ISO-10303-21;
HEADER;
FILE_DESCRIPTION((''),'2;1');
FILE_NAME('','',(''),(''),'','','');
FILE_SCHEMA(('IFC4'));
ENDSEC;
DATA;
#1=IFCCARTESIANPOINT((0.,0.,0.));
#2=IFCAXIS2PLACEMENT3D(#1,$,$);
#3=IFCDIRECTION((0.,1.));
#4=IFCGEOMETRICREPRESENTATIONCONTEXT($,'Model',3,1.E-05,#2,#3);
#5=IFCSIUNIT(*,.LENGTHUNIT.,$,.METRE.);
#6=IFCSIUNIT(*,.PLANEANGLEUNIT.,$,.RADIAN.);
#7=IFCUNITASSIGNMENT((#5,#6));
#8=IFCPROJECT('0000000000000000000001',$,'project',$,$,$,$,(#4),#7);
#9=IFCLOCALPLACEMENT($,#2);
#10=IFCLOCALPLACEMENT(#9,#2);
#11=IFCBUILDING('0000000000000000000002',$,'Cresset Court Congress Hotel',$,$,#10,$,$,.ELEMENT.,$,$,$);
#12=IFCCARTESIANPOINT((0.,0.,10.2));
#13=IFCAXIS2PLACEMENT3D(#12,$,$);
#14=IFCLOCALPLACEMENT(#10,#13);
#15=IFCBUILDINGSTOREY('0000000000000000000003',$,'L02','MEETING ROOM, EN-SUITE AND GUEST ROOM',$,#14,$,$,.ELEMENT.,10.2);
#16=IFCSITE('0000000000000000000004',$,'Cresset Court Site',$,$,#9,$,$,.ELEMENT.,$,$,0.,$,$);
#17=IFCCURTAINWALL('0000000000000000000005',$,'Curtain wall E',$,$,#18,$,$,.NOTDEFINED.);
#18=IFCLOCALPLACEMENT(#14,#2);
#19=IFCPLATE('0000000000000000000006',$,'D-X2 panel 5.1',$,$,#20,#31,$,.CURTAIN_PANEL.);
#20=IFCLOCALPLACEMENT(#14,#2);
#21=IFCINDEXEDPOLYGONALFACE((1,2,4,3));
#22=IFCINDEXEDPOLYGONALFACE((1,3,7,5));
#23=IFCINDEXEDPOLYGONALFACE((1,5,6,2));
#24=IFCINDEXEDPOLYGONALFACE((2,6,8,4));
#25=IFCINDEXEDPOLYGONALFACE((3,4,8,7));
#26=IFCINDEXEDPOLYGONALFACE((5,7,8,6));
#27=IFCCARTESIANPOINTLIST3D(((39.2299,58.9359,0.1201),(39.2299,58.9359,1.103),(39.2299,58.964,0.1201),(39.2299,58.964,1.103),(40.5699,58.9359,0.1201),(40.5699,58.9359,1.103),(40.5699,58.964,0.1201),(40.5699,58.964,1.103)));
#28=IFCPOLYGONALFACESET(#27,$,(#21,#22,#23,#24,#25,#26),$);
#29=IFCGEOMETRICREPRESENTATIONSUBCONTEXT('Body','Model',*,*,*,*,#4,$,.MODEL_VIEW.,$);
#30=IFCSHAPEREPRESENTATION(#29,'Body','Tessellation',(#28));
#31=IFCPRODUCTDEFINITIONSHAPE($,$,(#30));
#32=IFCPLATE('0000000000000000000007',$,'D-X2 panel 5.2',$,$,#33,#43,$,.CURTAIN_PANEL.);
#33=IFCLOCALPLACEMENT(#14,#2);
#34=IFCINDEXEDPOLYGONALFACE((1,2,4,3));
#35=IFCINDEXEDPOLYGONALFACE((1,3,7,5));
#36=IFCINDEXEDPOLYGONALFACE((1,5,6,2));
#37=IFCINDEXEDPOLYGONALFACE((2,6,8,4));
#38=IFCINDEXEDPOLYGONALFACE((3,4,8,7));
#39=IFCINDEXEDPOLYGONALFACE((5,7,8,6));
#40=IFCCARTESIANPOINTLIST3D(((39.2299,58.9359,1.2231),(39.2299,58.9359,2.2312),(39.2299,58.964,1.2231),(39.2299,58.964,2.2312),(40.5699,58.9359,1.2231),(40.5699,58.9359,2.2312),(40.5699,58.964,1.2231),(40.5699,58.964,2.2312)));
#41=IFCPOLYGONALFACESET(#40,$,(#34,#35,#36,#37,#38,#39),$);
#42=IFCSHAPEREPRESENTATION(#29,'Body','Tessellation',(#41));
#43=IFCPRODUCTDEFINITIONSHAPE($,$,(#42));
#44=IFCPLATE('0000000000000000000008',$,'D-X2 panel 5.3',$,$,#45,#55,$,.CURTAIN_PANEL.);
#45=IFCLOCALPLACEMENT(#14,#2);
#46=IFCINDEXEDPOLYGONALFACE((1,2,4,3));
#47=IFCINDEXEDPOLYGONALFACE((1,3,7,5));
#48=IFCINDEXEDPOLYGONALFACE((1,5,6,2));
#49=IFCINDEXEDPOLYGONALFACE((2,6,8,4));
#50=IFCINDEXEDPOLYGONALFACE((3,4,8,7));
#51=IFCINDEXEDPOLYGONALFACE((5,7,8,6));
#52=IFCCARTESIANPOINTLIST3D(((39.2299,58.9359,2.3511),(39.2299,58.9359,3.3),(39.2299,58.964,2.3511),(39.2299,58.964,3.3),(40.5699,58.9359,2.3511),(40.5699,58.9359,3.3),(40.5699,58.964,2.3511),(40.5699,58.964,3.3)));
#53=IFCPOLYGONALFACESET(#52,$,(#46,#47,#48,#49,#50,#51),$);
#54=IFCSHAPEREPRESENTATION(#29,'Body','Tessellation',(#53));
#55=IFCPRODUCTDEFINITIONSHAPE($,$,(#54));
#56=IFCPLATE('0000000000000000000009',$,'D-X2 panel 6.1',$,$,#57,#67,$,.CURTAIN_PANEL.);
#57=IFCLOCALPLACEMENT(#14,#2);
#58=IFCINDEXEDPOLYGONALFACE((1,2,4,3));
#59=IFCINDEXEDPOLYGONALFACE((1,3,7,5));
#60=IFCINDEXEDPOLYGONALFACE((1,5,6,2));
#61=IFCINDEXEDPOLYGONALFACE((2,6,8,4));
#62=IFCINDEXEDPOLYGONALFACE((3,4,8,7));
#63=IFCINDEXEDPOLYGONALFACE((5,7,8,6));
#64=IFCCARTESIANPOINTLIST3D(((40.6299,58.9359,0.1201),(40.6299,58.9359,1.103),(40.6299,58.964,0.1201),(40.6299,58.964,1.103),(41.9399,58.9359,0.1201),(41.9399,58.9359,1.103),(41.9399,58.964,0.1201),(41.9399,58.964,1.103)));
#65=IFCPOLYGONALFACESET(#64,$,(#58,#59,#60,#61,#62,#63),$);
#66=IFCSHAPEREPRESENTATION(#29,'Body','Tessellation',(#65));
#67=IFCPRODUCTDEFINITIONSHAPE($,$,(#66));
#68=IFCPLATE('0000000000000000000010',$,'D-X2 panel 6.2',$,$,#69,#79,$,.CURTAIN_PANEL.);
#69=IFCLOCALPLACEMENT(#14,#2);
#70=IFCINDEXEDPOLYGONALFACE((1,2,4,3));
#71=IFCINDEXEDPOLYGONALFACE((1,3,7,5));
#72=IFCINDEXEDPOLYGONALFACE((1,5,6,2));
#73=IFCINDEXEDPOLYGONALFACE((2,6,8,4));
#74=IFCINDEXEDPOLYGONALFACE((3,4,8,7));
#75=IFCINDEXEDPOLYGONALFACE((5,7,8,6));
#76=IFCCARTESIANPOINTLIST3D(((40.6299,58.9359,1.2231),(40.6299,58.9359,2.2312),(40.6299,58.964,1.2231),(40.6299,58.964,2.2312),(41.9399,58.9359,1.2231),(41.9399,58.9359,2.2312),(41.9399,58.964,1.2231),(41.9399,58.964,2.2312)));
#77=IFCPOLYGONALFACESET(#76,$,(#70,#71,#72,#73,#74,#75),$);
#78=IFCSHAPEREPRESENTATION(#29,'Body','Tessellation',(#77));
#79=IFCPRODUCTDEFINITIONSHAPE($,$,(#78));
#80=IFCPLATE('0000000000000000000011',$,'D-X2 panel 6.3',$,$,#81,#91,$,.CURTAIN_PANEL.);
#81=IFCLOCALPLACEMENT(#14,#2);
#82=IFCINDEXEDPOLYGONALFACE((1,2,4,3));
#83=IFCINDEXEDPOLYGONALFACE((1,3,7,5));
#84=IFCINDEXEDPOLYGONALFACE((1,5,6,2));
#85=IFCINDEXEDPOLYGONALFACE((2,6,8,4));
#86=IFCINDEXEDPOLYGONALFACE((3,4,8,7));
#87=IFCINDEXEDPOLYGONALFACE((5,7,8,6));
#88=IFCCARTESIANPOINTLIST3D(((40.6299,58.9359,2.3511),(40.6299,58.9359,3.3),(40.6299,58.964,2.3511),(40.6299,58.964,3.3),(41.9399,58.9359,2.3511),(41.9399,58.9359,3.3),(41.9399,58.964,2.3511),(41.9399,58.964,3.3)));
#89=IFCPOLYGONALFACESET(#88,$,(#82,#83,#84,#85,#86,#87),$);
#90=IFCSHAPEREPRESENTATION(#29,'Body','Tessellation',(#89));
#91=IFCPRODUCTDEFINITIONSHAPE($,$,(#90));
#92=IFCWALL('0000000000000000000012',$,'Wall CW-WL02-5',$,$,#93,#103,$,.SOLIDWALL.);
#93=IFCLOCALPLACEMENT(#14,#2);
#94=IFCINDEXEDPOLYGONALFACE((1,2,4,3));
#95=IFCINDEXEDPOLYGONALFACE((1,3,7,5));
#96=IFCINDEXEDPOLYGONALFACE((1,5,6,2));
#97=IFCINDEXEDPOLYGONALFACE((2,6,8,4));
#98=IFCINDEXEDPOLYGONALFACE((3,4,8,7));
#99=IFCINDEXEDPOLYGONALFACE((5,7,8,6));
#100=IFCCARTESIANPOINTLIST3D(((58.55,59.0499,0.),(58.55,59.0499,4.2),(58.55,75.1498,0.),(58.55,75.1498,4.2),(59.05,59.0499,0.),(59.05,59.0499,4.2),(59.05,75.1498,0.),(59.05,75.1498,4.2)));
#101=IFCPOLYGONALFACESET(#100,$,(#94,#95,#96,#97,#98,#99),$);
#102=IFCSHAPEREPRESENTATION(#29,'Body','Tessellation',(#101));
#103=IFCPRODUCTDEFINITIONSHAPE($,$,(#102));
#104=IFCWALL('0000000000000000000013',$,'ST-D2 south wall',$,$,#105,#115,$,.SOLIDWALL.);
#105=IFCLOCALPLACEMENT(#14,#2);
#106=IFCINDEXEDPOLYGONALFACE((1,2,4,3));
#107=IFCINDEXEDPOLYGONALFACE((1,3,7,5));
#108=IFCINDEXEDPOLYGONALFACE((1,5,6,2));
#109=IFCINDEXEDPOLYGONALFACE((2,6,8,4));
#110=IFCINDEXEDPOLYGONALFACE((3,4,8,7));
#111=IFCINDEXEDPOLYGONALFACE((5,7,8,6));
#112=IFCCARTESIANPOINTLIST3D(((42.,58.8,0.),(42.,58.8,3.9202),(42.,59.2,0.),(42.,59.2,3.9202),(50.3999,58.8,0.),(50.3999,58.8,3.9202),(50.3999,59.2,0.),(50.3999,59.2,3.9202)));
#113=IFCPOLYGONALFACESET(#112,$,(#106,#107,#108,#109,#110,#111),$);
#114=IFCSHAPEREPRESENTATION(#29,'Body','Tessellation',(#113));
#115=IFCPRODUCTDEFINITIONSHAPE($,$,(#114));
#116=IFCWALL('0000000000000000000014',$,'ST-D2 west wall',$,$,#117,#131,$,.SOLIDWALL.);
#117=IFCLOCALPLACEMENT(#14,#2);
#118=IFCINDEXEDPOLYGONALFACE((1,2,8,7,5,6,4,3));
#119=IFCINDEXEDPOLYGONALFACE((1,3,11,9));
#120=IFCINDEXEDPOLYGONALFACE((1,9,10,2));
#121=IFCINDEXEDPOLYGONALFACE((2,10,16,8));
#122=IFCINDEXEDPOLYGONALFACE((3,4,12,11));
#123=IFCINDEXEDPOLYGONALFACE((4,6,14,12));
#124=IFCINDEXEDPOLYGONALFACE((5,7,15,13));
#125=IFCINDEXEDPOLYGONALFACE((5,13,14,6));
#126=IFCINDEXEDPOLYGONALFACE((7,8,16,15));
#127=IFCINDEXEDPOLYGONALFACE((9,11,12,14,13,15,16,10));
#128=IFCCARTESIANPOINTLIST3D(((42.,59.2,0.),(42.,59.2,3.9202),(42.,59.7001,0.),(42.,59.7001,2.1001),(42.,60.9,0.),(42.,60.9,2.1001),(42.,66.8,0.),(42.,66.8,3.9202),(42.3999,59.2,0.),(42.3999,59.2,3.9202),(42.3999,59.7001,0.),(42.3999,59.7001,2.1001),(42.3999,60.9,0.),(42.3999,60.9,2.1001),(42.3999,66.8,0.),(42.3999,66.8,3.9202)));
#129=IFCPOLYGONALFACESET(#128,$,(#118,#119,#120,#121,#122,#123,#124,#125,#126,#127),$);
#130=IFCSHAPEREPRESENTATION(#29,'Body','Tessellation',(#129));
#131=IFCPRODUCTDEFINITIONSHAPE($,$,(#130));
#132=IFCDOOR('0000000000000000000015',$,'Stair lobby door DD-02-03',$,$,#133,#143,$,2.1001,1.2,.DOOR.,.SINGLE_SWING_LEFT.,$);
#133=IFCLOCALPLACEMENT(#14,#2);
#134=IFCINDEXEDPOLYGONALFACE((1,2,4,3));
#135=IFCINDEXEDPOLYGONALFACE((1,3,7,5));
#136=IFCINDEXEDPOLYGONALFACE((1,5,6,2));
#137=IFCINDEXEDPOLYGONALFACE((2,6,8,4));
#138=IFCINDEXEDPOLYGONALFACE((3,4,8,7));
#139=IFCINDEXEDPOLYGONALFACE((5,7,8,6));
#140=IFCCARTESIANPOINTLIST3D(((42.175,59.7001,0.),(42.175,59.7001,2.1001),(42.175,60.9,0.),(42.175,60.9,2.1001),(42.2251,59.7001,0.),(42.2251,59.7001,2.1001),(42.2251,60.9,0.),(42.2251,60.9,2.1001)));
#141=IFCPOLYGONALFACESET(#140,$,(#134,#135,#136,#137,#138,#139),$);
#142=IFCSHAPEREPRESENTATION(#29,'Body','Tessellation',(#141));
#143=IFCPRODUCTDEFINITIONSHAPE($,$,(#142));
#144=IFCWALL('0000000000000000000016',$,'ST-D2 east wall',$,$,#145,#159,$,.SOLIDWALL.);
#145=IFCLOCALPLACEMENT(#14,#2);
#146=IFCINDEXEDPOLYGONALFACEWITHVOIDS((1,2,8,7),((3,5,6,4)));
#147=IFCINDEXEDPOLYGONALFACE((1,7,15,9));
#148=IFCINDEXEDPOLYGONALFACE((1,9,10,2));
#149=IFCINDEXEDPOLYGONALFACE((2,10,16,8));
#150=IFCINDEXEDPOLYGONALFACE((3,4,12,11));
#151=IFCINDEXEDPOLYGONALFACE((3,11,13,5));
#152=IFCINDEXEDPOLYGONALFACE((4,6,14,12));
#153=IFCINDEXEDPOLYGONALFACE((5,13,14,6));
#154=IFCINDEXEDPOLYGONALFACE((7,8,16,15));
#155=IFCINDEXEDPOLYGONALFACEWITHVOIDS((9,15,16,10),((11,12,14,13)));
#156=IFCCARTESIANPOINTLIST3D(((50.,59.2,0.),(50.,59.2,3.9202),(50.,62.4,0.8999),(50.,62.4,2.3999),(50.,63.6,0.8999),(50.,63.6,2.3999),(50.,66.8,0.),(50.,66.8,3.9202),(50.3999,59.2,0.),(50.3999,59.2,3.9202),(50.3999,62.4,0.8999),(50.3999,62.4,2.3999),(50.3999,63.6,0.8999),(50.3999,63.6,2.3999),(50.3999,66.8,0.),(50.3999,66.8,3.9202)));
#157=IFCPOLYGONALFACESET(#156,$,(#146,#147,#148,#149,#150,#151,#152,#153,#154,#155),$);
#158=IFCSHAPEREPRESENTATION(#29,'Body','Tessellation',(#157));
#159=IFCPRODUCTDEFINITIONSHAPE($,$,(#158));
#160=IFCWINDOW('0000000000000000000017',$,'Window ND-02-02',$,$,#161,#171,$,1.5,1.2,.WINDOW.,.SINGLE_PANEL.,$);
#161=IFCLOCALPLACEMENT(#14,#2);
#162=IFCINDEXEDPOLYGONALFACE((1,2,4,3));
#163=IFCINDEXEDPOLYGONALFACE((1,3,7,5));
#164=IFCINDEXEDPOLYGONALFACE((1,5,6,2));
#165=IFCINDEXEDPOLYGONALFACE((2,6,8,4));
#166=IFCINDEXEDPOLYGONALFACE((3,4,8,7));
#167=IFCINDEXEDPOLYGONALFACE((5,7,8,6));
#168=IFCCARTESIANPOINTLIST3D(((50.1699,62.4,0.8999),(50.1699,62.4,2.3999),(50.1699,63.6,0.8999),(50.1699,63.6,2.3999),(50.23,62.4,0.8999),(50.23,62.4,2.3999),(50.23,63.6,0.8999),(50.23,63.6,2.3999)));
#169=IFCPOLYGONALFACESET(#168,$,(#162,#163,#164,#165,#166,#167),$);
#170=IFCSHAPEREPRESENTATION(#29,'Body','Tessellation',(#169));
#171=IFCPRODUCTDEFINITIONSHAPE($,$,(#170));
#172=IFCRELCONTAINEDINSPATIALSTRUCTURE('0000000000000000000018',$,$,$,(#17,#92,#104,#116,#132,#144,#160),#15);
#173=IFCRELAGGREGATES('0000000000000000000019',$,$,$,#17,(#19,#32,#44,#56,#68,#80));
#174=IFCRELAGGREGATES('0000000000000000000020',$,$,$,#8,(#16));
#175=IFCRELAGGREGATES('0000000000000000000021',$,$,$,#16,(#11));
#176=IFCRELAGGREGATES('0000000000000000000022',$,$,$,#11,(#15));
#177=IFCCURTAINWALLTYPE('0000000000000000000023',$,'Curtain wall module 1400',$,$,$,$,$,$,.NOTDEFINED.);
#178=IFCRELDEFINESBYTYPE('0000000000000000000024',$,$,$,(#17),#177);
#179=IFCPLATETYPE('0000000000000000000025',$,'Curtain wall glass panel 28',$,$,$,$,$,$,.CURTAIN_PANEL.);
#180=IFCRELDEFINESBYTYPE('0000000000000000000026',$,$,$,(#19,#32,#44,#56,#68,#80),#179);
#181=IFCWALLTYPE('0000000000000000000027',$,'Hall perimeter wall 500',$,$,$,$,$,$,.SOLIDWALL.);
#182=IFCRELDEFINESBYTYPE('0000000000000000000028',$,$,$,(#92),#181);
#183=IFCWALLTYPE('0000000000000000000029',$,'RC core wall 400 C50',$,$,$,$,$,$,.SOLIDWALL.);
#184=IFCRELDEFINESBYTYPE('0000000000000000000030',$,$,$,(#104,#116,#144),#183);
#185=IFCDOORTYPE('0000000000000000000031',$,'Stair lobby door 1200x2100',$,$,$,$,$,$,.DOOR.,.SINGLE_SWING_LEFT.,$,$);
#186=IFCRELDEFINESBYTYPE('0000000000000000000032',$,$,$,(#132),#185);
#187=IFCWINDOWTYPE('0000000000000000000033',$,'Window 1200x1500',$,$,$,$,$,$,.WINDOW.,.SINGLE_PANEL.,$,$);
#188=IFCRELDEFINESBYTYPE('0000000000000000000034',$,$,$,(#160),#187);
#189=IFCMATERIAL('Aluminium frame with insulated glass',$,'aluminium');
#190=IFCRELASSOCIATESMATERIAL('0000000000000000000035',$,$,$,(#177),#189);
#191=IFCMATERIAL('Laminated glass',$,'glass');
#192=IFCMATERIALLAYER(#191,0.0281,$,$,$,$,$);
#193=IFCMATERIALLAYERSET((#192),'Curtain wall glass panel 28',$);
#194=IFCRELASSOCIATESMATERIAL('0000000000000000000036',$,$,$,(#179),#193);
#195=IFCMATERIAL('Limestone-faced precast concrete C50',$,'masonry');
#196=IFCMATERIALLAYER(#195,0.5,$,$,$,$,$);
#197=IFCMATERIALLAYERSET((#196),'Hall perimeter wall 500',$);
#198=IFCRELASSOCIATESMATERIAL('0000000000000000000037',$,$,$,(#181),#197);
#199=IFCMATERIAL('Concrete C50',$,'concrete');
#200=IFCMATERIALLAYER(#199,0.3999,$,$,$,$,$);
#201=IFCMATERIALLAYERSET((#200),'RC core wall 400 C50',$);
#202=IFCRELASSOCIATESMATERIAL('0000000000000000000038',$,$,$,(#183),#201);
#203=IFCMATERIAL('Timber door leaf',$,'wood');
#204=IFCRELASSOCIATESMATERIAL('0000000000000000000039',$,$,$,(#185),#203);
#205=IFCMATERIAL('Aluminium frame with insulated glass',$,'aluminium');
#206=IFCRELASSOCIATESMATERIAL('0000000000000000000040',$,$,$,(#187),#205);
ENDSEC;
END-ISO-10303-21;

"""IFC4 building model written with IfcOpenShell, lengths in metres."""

from ifc_helpers import new_model, si_unit, direction, frame, frame_2d, origin, origin_2d, place, context, subcontext, project, spatial, rectangle, extrude, material, layer, layer_set, type_object, element, fill, aggregate, save


model = new_model("IFC4")

# Units and contexts
model_context = context("Model", 3, precision=1e-05, world=origin(), true_north=direction((0.0, 1.0)))
body_context = subcontext(model_context, "Body", "Model", "MODEL_VIEW")
ifc_project = project(units=[si_unit("LENGTHUNIT", "METRE"), si_unit("PLANEANGLEUNIT", "RADIAN")], contexts=[model_context])

# Site, building, storey
site_placement = place(None, origin())
site = spatial("IfcSite", under=ifc_project, at=site_placement, Name="Cresset Court Site", CompositionType="ELEMENT", RefElevation=0.0)
building_placement = place(site_placement, origin())
building = spatial("IfcBuilding", under=site, at=building_placement, Name="Cresset Court Congress Hotel", CompositionType="ELEMENT")
storey_placement = place(building_placement, frame((0.0, 0.0, 10.2)))
storey = spatial("IfcBuildingStorey", under=building, at=storey_placement, Name="L02", Description="MEETING ROOM, EN-SUITE AND GUEST ROOM", CompositionType="ELEMENT", Elevation=10.2)

# Curtain wall, plates
ifc_material_1 = material(Name="Aluminium frame with insulated glass", Category="aluminium")
curtain_wall_type = type_object("IfcCurtainWallType", Name="Curtain wall module 1400", PredefinedType="NOTDEFINED", material=ifc_material_1)
curtain_wall_placement = place(storey_placement, origin())
curtain_wall = element("IfcCurtainWall", 1, at=curtain_wall_placement, inside=storey, type_object=curtain_wall_type, Name="Curtain wall E", PredefinedType="NOTDEFINED")
ifc_material_2 = material(Name="Laminated glass", Category="glass")
ifc_layer_1 = layer(ifc_material_2, 0.0281)
ifc_layer_set_1 = layer_set([ifc_layer_1], Name="Curtain wall glass panel 28")
plate_type = type_object("IfcPlateType", Name="Curtain wall glass panel 28", PredefinedType="CURTAIN_PANEL", material=ifc_layer_set_1)
plate_1_placement = place(storey_placement, frame((39.8999, 58.95, 0.1201), z_axis=(0.0, 0.0, 1.0), x_axis=(1.0, 0.0, 0.0)))
plate_1 = element("IfcPlate", 2, at=plate_1_placement, type_object=plate_type, Name="D-X2 panel 5.1", PredefinedType="CURTAIN_PANEL", context=body_context, shape_type="SweptSolid", body=[
    extrude(rectangle(XDim=1.3401, YDim=0.0281, at=origin_2d()), origin(), (0.0, 0.0, 1.0), 0.9829),
])
plate_2_placement = place(storey_placement, frame((39.8999, 58.95, 1.2231), z_axis=(0.0, 0.0, 1.0), x_axis=(1.0, 0.0, 0.0)))
plate_2 = element("IfcPlate", 3, at=plate_2_placement, type_object=plate_type, Name="D-X2 panel 5.2", PredefinedType="CURTAIN_PANEL", context=body_context, shape_type="SweptSolid", body=[
    extrude(rectangle(XDim=1.3401, YDim=0.0281, at=origin_2d()), origin(), (0.0, 0.0, 1.0), 1.0081),
])
plate_3_placement = place(storey_placement, frame((39.8999, 58.95, 2.3511), z_axis=(0.0, 0.0, 1.0), x_axis=(1.0, 0.0, 0.0)))
plate_3 = element("IfcPlate", 4, at=plate_3_placement, type_object=plate_type, Name="D-X2 panel 5.3", PredefinedType="CURTAIN_PANEL", context=body_context, shape_type="SweptSolid", body=[
    extrude(rectangle(XDim=1.3401, YDim=0.0281, at=origin_2d()), origin(), (0.0, 0.0, 1.0), 0.949),
])
plate_4_placement = place(storey_placement, frame((41.2849, 58.95, 0.1201), z_axis=(0.0, 0.0, 1.0), x_axis=(1.0, 0.0, 0.0)))
plate_4 = element("IfcPlate", 5, at=plate_4_placement, type_object=plate_type, Name="D-X2 panel 6.1", PredefinedType="CURTAIN_PANEL", context=body_context, shape_type="SweptSolid", body=[
    extrude(rectangle(XDim=1.3101, YDim=0.0281, at=origin_2d()), origin(), (0.0, 0.0, 1.0), 0.9829),
])
plate_5_placement = place(storey_placement, frame((41.2849, 58.95, 1.2231), z_axis=(0.0, 0.0, 1.0), x_axis=(1.0, 0.0, 0.0)))
plate_5 = element("IfcPlate", 6, at=plate_5_placement, type_object=plate_type, Name="D-X2 panel 6.2", PredefinedType="CURTAIN_PANEL", context=body_context, shape_type="SweptSolid", body=[
    extrude(rectangle(XDim=1.3101, YDim=0.0281, at=origin_2d()), origin(), (0.0, 0.0, 1.0), 1.0081),
])
plate_6_placement = place(storey_placement, frame((41.2849, 58.95, 2.3511), z_axis=(0.0, 0.0, 1.0), x_axis=(1.0, 0.0, 0.0)))
plate_6 = element("IfcPlate", 7, at=plate_6_placement, type_object=plate_type, Name="D-X2 panel 6.3", PredefinedType="CURTAIN_PANEL", context=body_context, shape_type="SweptSolid", body=[
    extrude(rectangle(XDim=1.3101, YDim=0.0281, at=origin_2d()), origin(), (0.0, 0.0, 1.0), 0.949),
])
aggregate(curtain_wall, [plate_1, plate_2, plate_3, plate_4, plate_5, plate_6])

# Walls
ifc_material_3 = material(Name="Limestone-faced precast concrete C50", Category="masonry")
ifc_layer_2 = layer(ifc_material_3, 0.5)
ifc_layer_set_2 = layer_set([ifc_layer_2], Name="Hall perimeter wall 500")
wall_type_1 = type_object("IfcWallType", Name="Hall perimeter wall 500", PredefinedType="SOLIDWALL", material=ifc_layer_set_2)
wall_1_placement = place(storey_placement, frame((58.8, 59.05, 0.0), z_axis=(0.0, 0.0, 1.0), x_axis=(0.0, 1.0, 0.0)))
element("IfcWall", 8, at=wall_1_placement, inside=storey, type_object=wall_type_1, Name="Wall CW-WL02-5", PredefinedType="SOLIDWALL", context=body_context, shape_type="SweptSolid", body=[
    extrude(rectangle(XDim=16.0999, YDim=0.5, at=frame_2d((8.0498, 0.0))), origin(), (0.0, 0.0, 1.0), 4.2),
])
ifc_material_4 = material(Name="Concrete C50", Category="concrete")
ifc_layer_3 = layer(ifc_material_4, 0.3999)
ifc_layer_set_3 = layer_set([ifc_layer_3], Name="RC core wall 400 C50")
wall_type_2 = type_object("IfcWallType", Name="RC core wall 400 C50", PredefinedType="SOLIDWALL", material=ifc_layer_set_3)
wall_2_placement = place(storey_placement, frame((42.0, 59.0, 0.0), z_axis=(0.0, 0.0, 1.0), x_axis=(1.0, 0.0, 0.0)))
element("IfcWall", 9, at=wall_2_placement, inside=storey, type_object=wall_type_2, Name="ST-D2 south wall", PredefinedType="SOLIDWALL", context=body_context, shape_type="SweptSolid", body=[
    extrude(rectangle(XDim=8.3999, YDim=0.3999, at=frame_2d((4.2, 0.0))), origin(), (0.0, 0.0, 1.0), 3.9202),
])

# Wall, opening, door
wall_3_placement = place(storey_placement, frame((42.2, 59.2, 0.0), z_axis=(0.0, 0.0, 1.0), x_axis=(0.0, 1.0, 0.0)))
wall_3 = element("IfcWall", 10, at=wall_3_placement, inside=storey, type_object=wall_type_2, Name="ST-D2 west wall", PredefinedType="SOLIDWALL", context=body_context, shape_type="SweptSolid", body=[
    extrude(rectangle(XDim=7.6001, YDim=0.3999, at=frame_2d((3.8, 0.0))), origin(), (0.0, 0.0, 1.0), 3.9202),
])
opening_1_placement = place(wall_3_placement, frame((0.5, 0.0, 0.0)))
opening_1 = element("IfcOpeningElement", 11, at=opening_1_placement, cuts=wall_3, PredefinedType="OPENING", context=body_context, shape_type="SweptSolid", body=[
    extrude(rectangle(XDim=1.2, YDim=2.1001, at=frame_2d((0.6001, 1.05))), frame((0.0, 0.21, 0.0), z_axis=(0.0, -1.0, 0.0), x_axis=(1.0, 0.0, 0.0)), (0.0, 0.0, 1.0), 0.4199),
])
ifc_material_5 = material(Name="Timber door leaf", Category="wood")
door_type_1 = type_object("IfcDoorType", Name="Stair lobby door 1200x2100", OperationType="SINGLE_SWING_LEFT", PredefinedType="DOOR", material=ifc_material_5)
door_1_placement = place(opening_1_placement, origin())
door_1 = element("IfcDoor", 12, at=door_1_placement, inside=storey, type_object=door_type_1, Name="Stair lobby door DD-02-03", OperationType="SINGLE_SWING_LEFT", OverallHeight=2.1001, OverallWidth=1.2, PredefinedType="DOOR", context=body_context, shape_type="SweptSolid", body=[
    extrude(rectangle(XDim=1.2, YDim=2.1001, at=frame_2d((0.6001, 1.05))), frame((0.0, 0.0249, 0.0), z_axis=(0.0, -1.0, 0.0), x_axis=(1.0, 0.0, 0.0)), (0.0, 0.0, 1.0), 0.05),
])
fill(opening_1, door_1)

# Wall, opening, window
wall_4_placement = place(storey_placement, frame((50.2, 59.2, 0.0), z_axis=(0.0, 0.0, 1.0), x_axis=(0.0, 1.0, 0.0)))
wall_4 = element("IfcWall", 13, at=wall_4_placement, inside=storey, type_object=wall_type_2, Name="ST-D2 east wall", PredefinedType="SOLIDWALL", context=body_context, shape_type="SweptSolid", body=[
    extrude(rectangle(XDim=7.6001, YDim=0.3999, at=frame_2d((3.8, 0.0))), origin(), (0.0, 0.0, 1.0), 3.9202),
])
opening_2_placement = place(wall_4_placement, frame((3.2, 0.0, 0.8999)))
opening_2 = element("IfcOpeningElement", 14, at=opening_2_placement, cuts=wall_4, PredefinedType="OPENING", context=body_context, shape_type="SweptSolid", body=[
    extrude(rectangle(XDim=1.2, YDim=1.5, at=frame_2d((0.6001, 0.75))), frame((0.0, 0.21, 0.0), z_axis=(0.0, -1.0, 0.0), x_axis=(1.0, 0.0, 0.0)), (0.0, 0.0, 1.0), 0.4199),
])
ifc_material_6 = material(Name="Aluminium frame with insulated glass", Category="aluminium")
window_type = type_object("IfcWindowType", Name="Window 1200x1500", PartitioningType="SINGLE_PANEL", PredefinedType="WINDOW", material=ifc_material_6)
window_placement = place(opening_2_placement, origin())
window = element("IfcWindow", 15, at=window_placement, inside=storey, type_object=window_type, Name="Window ND-02-02", OverallHeight=1.5, OverallWidth=1.2, PartitioningType="SINGLE_PANEL", PredefinedType="WINDOW", context=body_context, shape_type="SweptSolid", body=[
    extrude(rectangle(XDim=1.2, YDim=1.5, at=frame_2d((0.6001, 0.75))), frame((0.0, 0.03, 0.0), z_axis=(0.0, -1.0, 0.0), x_axis=(1.0, 0.0, 0.0)), (0.0, 0.0, 1.0), 0.0601),
])
fill(opening_2, window)

save(model, "model.ifc")
